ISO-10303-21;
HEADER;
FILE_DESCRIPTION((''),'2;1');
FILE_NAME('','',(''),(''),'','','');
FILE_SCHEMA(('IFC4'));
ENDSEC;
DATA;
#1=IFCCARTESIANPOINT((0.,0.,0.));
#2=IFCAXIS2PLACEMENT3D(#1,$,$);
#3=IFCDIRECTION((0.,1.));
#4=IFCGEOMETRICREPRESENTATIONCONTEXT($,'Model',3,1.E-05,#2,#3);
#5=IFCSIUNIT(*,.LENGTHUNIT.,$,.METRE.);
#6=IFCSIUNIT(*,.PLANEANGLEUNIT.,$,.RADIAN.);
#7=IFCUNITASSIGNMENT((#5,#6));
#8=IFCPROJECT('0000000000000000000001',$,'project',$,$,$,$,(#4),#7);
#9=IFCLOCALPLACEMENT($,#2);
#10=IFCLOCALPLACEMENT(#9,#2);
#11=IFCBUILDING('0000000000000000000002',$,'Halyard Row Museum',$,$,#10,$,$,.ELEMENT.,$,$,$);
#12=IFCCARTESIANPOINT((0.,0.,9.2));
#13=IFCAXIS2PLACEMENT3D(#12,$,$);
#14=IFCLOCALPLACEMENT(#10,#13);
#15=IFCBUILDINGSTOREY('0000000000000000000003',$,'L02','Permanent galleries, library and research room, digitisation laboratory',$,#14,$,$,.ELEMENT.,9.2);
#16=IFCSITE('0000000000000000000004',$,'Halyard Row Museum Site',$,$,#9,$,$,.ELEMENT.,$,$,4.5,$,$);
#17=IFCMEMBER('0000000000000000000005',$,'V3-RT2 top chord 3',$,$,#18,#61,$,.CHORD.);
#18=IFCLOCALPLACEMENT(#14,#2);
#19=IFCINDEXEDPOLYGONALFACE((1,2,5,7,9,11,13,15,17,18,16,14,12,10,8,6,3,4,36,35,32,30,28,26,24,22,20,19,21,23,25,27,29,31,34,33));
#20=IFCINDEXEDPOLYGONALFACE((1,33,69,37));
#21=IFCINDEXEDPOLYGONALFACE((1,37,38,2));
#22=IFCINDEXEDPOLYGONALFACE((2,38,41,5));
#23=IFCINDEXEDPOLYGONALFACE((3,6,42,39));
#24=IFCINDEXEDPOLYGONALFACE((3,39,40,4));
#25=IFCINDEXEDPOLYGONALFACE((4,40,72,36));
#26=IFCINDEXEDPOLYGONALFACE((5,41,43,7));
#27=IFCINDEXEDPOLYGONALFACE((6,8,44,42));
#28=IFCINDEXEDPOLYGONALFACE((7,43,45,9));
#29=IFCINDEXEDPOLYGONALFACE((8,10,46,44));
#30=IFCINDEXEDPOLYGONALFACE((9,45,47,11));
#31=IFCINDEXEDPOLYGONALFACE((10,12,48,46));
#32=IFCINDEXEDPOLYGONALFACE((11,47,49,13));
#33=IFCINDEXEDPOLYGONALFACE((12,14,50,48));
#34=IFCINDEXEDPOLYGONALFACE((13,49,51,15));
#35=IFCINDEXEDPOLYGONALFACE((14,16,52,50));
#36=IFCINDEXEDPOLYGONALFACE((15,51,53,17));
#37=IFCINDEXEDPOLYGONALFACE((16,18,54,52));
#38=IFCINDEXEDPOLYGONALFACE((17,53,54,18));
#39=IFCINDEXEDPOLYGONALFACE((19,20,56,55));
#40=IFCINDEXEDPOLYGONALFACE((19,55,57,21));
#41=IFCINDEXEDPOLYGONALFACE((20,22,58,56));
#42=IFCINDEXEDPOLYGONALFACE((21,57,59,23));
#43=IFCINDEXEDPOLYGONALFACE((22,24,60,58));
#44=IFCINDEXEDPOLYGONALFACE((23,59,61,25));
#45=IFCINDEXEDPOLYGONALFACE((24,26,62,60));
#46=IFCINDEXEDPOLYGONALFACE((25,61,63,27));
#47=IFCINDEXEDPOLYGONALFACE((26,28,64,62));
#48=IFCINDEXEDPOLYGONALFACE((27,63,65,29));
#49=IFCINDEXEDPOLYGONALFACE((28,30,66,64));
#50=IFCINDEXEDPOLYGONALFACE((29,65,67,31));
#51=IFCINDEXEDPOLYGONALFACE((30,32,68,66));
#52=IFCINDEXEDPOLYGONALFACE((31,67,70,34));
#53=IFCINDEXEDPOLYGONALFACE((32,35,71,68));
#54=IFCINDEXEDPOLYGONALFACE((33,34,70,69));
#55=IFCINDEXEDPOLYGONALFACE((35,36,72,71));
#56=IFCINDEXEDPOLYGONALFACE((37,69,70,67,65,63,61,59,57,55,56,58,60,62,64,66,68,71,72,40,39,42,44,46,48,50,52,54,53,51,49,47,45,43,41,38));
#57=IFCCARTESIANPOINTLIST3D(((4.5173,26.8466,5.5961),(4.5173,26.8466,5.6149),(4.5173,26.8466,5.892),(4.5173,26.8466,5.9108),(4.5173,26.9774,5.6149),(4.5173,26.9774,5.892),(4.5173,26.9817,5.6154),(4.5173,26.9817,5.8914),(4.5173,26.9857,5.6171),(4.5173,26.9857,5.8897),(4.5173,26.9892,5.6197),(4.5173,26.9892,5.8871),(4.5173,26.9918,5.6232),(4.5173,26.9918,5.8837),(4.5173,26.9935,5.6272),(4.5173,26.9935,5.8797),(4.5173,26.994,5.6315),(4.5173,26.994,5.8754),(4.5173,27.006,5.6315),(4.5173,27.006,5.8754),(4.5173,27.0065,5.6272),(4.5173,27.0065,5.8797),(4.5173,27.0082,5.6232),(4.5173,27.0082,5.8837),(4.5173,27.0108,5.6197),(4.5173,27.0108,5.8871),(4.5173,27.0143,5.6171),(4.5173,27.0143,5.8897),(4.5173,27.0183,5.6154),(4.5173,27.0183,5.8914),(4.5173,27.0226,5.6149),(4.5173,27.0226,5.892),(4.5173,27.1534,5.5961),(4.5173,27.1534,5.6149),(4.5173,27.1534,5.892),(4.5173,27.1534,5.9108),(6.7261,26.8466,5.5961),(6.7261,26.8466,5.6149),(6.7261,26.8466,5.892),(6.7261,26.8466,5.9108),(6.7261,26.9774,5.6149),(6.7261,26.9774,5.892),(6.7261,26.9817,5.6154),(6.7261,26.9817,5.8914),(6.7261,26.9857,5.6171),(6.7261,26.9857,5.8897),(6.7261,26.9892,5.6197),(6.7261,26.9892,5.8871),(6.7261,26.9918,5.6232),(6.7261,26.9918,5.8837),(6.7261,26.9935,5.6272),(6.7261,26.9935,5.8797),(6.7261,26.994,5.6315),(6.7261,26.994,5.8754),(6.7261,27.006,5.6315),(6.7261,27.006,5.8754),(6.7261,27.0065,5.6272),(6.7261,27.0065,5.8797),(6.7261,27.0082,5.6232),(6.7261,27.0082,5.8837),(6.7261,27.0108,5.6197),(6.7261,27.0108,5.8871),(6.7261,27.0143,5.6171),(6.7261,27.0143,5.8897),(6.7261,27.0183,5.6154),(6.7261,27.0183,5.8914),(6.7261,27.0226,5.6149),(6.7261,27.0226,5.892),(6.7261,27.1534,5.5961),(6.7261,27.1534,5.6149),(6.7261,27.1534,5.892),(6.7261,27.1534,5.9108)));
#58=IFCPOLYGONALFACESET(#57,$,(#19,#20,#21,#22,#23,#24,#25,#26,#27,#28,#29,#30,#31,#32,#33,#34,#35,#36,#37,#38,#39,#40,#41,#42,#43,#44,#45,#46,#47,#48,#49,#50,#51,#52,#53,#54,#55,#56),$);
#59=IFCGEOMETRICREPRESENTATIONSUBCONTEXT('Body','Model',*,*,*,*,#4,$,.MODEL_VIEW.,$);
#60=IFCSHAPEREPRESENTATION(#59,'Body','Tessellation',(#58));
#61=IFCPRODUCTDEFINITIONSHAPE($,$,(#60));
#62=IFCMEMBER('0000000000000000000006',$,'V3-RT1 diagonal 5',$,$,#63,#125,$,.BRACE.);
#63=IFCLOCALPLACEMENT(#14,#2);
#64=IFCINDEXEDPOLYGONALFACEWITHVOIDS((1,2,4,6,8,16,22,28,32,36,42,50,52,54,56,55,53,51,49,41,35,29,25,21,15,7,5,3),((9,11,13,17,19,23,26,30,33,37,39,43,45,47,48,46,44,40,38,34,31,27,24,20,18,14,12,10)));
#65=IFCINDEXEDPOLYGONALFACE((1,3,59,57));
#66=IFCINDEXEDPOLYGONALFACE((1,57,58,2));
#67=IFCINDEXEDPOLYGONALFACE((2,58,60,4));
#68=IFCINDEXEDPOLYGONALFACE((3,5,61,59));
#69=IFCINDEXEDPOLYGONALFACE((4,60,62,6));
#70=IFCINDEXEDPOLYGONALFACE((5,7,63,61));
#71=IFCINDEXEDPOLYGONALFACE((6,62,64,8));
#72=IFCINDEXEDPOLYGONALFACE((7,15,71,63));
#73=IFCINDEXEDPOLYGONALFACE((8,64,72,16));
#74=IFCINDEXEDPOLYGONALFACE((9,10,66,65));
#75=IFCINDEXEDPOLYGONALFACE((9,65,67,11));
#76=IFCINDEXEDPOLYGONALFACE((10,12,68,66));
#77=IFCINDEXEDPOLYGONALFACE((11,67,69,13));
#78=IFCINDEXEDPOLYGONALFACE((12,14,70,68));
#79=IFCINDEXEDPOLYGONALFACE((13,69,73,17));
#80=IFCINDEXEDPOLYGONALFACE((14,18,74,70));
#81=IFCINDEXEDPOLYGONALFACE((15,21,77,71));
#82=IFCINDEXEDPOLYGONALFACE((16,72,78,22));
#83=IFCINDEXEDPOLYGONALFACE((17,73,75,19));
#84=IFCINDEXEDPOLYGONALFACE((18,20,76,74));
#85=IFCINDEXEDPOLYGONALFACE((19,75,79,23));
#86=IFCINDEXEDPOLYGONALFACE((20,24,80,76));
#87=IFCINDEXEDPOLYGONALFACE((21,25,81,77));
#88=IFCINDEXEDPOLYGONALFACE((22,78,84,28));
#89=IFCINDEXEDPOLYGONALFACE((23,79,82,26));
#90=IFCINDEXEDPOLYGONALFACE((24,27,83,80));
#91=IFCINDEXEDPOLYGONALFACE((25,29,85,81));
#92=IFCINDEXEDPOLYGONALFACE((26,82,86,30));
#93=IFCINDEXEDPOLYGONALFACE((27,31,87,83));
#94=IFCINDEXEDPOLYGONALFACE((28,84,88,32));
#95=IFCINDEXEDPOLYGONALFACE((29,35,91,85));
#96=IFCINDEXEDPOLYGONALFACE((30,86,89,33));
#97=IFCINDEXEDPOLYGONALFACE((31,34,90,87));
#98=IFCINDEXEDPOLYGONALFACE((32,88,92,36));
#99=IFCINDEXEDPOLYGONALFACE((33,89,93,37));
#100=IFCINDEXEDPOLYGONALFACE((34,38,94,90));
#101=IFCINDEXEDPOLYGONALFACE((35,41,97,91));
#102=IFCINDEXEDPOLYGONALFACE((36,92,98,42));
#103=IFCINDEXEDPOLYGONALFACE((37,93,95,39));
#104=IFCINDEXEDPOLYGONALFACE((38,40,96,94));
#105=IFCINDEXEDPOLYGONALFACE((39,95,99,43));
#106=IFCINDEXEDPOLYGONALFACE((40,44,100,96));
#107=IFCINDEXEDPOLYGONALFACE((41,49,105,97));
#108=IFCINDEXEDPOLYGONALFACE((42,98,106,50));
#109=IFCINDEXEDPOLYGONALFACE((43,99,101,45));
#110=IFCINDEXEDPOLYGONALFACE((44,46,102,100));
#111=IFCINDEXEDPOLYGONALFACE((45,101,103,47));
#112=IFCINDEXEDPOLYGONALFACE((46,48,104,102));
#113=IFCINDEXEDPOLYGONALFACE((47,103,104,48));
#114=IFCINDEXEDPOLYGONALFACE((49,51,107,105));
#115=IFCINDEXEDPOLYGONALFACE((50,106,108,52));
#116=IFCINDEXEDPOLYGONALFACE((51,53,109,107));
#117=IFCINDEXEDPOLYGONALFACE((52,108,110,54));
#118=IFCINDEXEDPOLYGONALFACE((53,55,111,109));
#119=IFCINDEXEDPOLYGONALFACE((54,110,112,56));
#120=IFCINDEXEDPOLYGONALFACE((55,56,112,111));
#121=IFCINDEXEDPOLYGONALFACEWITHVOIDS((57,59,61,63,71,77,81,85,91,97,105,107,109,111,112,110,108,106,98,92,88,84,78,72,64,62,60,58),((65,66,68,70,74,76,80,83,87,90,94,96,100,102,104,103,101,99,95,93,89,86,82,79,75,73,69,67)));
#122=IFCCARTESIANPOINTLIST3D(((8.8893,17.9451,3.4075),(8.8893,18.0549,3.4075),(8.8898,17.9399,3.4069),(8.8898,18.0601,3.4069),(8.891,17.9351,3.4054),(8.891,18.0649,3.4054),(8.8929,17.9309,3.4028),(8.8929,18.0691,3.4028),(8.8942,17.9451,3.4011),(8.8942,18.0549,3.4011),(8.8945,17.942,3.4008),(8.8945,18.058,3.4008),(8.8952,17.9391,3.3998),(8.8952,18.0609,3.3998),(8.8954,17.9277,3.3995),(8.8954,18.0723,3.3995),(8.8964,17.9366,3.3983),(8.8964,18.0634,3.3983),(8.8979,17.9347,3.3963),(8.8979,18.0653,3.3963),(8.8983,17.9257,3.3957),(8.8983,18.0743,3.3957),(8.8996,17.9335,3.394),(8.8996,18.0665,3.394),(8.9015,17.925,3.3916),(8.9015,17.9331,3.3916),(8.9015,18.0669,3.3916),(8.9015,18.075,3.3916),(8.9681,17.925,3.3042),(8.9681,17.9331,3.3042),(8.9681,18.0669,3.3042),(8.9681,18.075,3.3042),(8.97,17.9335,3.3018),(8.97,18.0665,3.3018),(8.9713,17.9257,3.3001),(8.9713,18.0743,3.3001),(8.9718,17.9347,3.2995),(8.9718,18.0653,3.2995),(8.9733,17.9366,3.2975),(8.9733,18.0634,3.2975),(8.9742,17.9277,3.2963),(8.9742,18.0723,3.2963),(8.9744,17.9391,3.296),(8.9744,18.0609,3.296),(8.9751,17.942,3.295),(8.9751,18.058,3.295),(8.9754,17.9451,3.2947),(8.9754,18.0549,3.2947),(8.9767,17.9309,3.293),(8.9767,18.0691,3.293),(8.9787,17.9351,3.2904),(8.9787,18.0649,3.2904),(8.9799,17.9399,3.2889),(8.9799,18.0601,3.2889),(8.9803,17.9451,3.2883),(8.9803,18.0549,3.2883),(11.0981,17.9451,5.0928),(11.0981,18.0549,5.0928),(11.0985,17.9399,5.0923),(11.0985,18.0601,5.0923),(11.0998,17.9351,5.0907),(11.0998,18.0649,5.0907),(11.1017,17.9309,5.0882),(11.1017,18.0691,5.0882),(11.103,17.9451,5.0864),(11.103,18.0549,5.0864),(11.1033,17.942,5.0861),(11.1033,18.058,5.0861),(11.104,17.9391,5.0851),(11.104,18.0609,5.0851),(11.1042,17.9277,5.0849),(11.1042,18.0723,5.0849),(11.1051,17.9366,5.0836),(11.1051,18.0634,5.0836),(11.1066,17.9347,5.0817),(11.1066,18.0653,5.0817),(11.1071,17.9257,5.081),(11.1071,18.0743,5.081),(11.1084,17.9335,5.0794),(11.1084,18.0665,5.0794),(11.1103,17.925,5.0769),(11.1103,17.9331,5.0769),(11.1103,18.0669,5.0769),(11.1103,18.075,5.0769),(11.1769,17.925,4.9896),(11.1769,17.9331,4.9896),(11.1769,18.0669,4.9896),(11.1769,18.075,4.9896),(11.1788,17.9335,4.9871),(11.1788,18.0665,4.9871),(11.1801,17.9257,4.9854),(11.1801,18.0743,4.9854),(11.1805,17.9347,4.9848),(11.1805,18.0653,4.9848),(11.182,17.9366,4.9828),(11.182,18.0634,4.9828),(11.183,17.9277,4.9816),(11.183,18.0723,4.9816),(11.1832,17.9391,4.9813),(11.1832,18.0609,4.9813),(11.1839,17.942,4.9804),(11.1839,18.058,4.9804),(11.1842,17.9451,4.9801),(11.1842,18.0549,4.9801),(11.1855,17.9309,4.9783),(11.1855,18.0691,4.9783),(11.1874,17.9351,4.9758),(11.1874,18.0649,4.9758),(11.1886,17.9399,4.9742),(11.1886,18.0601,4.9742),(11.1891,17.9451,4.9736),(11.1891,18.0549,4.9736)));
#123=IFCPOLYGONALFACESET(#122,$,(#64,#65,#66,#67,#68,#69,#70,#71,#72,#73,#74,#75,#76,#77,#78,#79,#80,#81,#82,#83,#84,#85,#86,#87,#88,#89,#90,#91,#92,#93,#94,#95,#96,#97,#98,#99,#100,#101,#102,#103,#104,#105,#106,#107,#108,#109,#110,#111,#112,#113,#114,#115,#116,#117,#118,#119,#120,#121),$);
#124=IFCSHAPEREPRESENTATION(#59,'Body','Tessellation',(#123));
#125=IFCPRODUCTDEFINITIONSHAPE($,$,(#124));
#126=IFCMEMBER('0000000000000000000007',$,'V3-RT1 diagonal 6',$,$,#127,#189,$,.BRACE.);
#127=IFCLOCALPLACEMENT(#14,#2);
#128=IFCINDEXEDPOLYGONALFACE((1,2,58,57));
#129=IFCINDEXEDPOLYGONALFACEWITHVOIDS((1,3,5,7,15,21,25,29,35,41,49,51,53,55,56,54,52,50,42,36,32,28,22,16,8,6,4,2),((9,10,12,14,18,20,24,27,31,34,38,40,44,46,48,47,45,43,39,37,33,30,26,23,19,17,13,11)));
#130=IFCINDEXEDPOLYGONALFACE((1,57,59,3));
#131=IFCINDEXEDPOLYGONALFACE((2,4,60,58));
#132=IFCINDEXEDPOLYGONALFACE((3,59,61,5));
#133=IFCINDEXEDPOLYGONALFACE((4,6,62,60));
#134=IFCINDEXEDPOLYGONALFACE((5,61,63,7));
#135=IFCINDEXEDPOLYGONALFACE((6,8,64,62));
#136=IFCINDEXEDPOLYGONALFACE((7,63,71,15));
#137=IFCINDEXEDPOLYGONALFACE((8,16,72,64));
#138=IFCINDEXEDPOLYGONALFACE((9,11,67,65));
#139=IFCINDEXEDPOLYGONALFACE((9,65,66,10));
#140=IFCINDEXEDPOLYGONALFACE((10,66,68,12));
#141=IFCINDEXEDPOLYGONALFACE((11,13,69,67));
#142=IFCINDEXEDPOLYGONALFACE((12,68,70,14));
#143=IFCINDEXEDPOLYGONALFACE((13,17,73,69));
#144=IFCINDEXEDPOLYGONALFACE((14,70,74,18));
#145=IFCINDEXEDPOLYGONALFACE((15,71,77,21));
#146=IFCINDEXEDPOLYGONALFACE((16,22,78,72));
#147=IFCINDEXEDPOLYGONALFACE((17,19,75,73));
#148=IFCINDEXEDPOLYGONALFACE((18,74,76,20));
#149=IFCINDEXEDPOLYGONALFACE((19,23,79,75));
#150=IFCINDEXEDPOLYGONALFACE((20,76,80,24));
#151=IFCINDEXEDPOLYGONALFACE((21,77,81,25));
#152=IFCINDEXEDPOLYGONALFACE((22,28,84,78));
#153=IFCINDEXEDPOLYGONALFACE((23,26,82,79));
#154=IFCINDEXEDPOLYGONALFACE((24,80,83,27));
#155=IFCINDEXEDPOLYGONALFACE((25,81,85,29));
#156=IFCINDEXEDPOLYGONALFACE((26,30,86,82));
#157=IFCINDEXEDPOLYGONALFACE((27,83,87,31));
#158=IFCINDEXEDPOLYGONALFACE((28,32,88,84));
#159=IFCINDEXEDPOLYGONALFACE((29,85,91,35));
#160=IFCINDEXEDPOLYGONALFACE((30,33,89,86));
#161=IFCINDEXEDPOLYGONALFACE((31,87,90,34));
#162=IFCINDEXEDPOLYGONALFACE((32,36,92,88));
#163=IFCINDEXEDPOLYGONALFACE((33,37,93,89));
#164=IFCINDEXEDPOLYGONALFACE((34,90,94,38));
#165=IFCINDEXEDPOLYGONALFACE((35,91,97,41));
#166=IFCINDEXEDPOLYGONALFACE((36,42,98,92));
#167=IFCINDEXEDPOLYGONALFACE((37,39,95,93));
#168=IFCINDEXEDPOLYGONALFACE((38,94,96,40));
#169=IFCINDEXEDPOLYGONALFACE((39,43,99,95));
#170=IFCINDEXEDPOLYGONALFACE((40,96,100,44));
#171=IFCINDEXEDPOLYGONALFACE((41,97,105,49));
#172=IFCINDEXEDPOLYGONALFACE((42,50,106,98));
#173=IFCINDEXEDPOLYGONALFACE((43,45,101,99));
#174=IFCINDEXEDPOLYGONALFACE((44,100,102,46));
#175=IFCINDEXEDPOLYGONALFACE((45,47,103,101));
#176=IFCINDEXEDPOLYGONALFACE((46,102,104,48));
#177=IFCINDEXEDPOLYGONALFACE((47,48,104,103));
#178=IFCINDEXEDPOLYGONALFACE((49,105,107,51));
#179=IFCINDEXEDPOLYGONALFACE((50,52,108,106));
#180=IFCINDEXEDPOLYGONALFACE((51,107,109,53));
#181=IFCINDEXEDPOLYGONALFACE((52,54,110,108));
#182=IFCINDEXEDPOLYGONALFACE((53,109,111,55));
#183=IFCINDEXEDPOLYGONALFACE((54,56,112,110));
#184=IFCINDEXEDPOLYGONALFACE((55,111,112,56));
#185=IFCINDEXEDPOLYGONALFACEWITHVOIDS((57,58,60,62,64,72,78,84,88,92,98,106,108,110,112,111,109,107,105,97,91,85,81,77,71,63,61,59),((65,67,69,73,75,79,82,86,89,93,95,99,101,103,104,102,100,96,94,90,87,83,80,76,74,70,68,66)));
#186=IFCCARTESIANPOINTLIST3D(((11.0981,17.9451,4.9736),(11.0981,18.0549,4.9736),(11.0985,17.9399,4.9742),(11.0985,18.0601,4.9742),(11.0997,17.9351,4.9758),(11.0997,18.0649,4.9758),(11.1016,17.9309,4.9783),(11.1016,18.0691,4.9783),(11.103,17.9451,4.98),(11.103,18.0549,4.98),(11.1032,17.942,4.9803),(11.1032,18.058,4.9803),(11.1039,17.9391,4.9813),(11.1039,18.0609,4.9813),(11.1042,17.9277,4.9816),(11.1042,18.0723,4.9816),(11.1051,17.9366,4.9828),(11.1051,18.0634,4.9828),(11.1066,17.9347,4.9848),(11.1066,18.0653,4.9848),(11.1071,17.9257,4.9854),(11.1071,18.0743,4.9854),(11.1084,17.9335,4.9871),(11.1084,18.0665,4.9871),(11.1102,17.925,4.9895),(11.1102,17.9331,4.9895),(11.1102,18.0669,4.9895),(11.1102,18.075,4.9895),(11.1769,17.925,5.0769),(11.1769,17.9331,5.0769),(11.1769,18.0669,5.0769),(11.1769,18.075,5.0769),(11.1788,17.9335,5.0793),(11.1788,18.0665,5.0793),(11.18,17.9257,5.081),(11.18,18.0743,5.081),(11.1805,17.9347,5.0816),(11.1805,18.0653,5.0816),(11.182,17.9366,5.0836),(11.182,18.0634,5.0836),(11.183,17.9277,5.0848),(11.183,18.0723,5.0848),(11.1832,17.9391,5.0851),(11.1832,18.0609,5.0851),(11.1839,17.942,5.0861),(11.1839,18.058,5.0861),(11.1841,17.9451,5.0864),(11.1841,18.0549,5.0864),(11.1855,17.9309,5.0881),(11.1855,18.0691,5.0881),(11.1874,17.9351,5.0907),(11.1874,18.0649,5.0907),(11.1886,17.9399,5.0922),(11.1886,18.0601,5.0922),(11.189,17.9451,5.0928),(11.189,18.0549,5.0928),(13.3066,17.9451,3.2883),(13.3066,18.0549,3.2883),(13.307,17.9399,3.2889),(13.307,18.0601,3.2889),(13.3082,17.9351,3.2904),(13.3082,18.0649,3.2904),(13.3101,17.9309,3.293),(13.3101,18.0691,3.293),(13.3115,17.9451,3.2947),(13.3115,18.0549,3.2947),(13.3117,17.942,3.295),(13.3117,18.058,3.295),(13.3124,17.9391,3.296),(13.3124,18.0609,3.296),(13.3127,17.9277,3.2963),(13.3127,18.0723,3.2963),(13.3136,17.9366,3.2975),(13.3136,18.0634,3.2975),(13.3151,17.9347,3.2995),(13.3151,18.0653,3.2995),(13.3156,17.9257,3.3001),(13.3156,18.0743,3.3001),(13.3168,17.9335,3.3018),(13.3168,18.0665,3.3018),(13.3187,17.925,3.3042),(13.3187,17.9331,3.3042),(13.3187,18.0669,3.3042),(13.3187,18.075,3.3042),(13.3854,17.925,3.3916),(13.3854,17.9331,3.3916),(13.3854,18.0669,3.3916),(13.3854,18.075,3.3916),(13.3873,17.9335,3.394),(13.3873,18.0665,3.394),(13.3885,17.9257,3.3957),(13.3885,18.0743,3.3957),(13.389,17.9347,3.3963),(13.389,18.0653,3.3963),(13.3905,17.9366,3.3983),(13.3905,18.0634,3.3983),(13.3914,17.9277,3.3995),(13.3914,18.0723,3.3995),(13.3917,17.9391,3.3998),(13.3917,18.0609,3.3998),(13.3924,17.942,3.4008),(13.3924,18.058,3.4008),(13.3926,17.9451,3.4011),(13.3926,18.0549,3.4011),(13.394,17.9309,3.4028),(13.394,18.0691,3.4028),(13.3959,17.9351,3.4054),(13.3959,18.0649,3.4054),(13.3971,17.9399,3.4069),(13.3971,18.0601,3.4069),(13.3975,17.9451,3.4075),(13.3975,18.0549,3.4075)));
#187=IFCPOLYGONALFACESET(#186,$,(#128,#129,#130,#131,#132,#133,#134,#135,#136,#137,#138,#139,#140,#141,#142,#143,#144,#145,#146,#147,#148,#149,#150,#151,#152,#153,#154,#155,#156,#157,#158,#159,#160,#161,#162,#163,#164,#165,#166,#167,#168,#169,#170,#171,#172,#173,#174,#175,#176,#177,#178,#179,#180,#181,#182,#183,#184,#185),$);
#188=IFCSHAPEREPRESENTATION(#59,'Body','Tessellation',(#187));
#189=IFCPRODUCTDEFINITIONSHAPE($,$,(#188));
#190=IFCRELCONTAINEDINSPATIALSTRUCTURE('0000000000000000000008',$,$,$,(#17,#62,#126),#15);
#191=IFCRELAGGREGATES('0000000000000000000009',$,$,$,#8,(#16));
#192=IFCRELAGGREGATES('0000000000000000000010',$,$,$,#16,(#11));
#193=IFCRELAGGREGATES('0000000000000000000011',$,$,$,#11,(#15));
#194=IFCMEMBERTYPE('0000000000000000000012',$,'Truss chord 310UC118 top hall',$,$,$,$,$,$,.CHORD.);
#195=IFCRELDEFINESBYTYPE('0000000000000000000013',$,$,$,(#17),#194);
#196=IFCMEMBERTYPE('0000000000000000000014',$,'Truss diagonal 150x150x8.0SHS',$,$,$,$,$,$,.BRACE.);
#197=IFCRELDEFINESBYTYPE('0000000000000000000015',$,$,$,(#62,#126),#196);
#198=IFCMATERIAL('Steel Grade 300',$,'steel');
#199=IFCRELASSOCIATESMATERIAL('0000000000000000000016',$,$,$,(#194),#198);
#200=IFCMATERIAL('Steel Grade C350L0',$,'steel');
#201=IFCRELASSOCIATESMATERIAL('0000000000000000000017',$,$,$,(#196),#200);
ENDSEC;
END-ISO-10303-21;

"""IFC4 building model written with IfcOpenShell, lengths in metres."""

from ifc_helpers import new_model, si_unit, direction, frame, origin, origin_2d, place, context, subcontext, project, spatial, hollow_rectangle, i_section, extrude, material, material_profile, profile_set, type_object, element, save


model = new_model("IFC4")

# Units and contexts
model_context = context("Model", 3, precision=1e-05, world=origin(), true_north=direction((0.0, 1.0)))
body_context = subcontext(model_context, "Body", "Model", "MODEL_VIEW")
ifc_project = project(units=[si_unit("LENGTHUNIT", "METRE"), si_unit("PLANEANGLEUNIT", "RADIAN")], contexts=[model_context])

# Site, building, storey
site_placement = place(None, origin())
site = spatial("IfcSite", under=ifc_project, at=site_placement, Name="Halyard Row Museum Site", CompositionType="ELEMENT", RefElevation=4.5)
building_placement = place(site_placement, origin())
building = spatial("IfcBuilding", under=site, at=building_placement, Name="Halyard Row Museum", CompositionType="ELEMENT")
storey_placement = place(building_placement, frame((0.0, 0.0, 9.2)))
storey = spatial("IfcBuildingStorey", under=building, at=storey_placement, Name="L02", Description="Permanent galleries, library and research room, digitisation laboratory", CompositionType="ELEMENT", Elevation=9.2)

# Members
ifc_material_1 = material(Name="Steel Grade 300", Category="steel")
ifc_material_profile_1 = material_profile(ifc_material_1, i_section(OverallWidth=0.3069, OverallDepth=0.3147, WebThickness=0.012, FlangeThickness=0.0188, FilletRadius=0.0166, at=origin_2d()), Name="310UC118")
ifc_profile_set_1 = profile_set([ifc_material_profile_1], Name="Steel Grade 300")
member_type_1 = type_object("IfcMemberType", Name="Truss chord 310UC118 top hall", PredefinedType="CHORD", material=ifc_profile_set_1)
for number, where, z_axis, x_axis, name in (
    (1, (4.5173, 27.0, 5.7534), (1.0, 0.0, 0.0), (0.0, 1.0, 0.0), "V3-RT2 top chord 3"),
):
    element("IfcMember", number, at=place(storey_placement, frame(where, z_axis=z_axis, x_axis=x_axis)), inside=storey, type_object=member_type_1, Name=name, PredefinedType="CHORD", context=body_context, shape_type="SweptSolid", body=[
        extrude(i_section(OverallWidth=0.3069, OverallDepth=0.3147, WebThickness=0.012, FlangeThickness=0.0188, FilletRadius=0.0166, at=origin_2d()), origin(), (0.0, 0.0, 1.0), 2.2087),
    ])
ifc_material_2 = material(Name="Steel Grade C350L0", Category="steel")
ifc_material_profile_2 = material_profile(ifc_material_2, hollow_rectangle(XDim=0.1499, YDim=0.1499, WallThickness=0.0081, InnerFilletRadius=0.012, OuterFilletRadius=0.02, at=origin_2d()), Name="150x150x8.0SHS")
ifc_profile_set_2 = profile_set([ifc_material_profile_2], Name="Steel Grade C350L0")
member_type_2 = type_object("IfcMemberType", Name="Truss diagonal 150x150x8.0SHS", PredefinedType="BRACE", material=ifc_profile_set_2)
member_1_placement = place(storey_placement, frame((8.9348, 18.0, 3.3479), z_axis=(0.795006, 0.0, 0.606602), x_axis=(0.0, 1.0, 0.0)))
element("IfcMember", 2, at=member_1_placement, inside=storey, type_object=member_type_2, Name="V3-RT1 diagonal 5", PredefinedType="BRACE", context=body_context, shape_type="SweptSolid", body=[
    extrude(hollow_rectangle(XDim=0.1499, YDim=0.1499, WallThickness=0.0081, InnerFilletRadius=0.012, OuterFilletRadius=0.02, at=origin_2d()), origin(), (0.0, 0.0, 1.0), 2.7783),
])
member_2_placement = place(storey_placement, frame((11.1436, 18.0, 5.0332), z_axis=(0.794974, 0.0, -0.606644), x_axis=(0.0, 1.0, 0.0)))
element("IfcMember", 3, at=member_2_placement, inside=storey, type_object=member_type_2, Name="V3-RT1 diagonal 6", PredefinedType="BRACE", context=body_context, shape_type="SweptSolid", body=[
    extrude(hollow_rectangle(XDim=0.1499, YDim=0.1499, WallThickness=0.0081, InnerFilletRadius=0.012, OuterFilletRadius=0.02, at=origin_2d()), origin(), (0.0, 0.0, 1.0), 2.7781),
])

save(model, "model.ifc")
